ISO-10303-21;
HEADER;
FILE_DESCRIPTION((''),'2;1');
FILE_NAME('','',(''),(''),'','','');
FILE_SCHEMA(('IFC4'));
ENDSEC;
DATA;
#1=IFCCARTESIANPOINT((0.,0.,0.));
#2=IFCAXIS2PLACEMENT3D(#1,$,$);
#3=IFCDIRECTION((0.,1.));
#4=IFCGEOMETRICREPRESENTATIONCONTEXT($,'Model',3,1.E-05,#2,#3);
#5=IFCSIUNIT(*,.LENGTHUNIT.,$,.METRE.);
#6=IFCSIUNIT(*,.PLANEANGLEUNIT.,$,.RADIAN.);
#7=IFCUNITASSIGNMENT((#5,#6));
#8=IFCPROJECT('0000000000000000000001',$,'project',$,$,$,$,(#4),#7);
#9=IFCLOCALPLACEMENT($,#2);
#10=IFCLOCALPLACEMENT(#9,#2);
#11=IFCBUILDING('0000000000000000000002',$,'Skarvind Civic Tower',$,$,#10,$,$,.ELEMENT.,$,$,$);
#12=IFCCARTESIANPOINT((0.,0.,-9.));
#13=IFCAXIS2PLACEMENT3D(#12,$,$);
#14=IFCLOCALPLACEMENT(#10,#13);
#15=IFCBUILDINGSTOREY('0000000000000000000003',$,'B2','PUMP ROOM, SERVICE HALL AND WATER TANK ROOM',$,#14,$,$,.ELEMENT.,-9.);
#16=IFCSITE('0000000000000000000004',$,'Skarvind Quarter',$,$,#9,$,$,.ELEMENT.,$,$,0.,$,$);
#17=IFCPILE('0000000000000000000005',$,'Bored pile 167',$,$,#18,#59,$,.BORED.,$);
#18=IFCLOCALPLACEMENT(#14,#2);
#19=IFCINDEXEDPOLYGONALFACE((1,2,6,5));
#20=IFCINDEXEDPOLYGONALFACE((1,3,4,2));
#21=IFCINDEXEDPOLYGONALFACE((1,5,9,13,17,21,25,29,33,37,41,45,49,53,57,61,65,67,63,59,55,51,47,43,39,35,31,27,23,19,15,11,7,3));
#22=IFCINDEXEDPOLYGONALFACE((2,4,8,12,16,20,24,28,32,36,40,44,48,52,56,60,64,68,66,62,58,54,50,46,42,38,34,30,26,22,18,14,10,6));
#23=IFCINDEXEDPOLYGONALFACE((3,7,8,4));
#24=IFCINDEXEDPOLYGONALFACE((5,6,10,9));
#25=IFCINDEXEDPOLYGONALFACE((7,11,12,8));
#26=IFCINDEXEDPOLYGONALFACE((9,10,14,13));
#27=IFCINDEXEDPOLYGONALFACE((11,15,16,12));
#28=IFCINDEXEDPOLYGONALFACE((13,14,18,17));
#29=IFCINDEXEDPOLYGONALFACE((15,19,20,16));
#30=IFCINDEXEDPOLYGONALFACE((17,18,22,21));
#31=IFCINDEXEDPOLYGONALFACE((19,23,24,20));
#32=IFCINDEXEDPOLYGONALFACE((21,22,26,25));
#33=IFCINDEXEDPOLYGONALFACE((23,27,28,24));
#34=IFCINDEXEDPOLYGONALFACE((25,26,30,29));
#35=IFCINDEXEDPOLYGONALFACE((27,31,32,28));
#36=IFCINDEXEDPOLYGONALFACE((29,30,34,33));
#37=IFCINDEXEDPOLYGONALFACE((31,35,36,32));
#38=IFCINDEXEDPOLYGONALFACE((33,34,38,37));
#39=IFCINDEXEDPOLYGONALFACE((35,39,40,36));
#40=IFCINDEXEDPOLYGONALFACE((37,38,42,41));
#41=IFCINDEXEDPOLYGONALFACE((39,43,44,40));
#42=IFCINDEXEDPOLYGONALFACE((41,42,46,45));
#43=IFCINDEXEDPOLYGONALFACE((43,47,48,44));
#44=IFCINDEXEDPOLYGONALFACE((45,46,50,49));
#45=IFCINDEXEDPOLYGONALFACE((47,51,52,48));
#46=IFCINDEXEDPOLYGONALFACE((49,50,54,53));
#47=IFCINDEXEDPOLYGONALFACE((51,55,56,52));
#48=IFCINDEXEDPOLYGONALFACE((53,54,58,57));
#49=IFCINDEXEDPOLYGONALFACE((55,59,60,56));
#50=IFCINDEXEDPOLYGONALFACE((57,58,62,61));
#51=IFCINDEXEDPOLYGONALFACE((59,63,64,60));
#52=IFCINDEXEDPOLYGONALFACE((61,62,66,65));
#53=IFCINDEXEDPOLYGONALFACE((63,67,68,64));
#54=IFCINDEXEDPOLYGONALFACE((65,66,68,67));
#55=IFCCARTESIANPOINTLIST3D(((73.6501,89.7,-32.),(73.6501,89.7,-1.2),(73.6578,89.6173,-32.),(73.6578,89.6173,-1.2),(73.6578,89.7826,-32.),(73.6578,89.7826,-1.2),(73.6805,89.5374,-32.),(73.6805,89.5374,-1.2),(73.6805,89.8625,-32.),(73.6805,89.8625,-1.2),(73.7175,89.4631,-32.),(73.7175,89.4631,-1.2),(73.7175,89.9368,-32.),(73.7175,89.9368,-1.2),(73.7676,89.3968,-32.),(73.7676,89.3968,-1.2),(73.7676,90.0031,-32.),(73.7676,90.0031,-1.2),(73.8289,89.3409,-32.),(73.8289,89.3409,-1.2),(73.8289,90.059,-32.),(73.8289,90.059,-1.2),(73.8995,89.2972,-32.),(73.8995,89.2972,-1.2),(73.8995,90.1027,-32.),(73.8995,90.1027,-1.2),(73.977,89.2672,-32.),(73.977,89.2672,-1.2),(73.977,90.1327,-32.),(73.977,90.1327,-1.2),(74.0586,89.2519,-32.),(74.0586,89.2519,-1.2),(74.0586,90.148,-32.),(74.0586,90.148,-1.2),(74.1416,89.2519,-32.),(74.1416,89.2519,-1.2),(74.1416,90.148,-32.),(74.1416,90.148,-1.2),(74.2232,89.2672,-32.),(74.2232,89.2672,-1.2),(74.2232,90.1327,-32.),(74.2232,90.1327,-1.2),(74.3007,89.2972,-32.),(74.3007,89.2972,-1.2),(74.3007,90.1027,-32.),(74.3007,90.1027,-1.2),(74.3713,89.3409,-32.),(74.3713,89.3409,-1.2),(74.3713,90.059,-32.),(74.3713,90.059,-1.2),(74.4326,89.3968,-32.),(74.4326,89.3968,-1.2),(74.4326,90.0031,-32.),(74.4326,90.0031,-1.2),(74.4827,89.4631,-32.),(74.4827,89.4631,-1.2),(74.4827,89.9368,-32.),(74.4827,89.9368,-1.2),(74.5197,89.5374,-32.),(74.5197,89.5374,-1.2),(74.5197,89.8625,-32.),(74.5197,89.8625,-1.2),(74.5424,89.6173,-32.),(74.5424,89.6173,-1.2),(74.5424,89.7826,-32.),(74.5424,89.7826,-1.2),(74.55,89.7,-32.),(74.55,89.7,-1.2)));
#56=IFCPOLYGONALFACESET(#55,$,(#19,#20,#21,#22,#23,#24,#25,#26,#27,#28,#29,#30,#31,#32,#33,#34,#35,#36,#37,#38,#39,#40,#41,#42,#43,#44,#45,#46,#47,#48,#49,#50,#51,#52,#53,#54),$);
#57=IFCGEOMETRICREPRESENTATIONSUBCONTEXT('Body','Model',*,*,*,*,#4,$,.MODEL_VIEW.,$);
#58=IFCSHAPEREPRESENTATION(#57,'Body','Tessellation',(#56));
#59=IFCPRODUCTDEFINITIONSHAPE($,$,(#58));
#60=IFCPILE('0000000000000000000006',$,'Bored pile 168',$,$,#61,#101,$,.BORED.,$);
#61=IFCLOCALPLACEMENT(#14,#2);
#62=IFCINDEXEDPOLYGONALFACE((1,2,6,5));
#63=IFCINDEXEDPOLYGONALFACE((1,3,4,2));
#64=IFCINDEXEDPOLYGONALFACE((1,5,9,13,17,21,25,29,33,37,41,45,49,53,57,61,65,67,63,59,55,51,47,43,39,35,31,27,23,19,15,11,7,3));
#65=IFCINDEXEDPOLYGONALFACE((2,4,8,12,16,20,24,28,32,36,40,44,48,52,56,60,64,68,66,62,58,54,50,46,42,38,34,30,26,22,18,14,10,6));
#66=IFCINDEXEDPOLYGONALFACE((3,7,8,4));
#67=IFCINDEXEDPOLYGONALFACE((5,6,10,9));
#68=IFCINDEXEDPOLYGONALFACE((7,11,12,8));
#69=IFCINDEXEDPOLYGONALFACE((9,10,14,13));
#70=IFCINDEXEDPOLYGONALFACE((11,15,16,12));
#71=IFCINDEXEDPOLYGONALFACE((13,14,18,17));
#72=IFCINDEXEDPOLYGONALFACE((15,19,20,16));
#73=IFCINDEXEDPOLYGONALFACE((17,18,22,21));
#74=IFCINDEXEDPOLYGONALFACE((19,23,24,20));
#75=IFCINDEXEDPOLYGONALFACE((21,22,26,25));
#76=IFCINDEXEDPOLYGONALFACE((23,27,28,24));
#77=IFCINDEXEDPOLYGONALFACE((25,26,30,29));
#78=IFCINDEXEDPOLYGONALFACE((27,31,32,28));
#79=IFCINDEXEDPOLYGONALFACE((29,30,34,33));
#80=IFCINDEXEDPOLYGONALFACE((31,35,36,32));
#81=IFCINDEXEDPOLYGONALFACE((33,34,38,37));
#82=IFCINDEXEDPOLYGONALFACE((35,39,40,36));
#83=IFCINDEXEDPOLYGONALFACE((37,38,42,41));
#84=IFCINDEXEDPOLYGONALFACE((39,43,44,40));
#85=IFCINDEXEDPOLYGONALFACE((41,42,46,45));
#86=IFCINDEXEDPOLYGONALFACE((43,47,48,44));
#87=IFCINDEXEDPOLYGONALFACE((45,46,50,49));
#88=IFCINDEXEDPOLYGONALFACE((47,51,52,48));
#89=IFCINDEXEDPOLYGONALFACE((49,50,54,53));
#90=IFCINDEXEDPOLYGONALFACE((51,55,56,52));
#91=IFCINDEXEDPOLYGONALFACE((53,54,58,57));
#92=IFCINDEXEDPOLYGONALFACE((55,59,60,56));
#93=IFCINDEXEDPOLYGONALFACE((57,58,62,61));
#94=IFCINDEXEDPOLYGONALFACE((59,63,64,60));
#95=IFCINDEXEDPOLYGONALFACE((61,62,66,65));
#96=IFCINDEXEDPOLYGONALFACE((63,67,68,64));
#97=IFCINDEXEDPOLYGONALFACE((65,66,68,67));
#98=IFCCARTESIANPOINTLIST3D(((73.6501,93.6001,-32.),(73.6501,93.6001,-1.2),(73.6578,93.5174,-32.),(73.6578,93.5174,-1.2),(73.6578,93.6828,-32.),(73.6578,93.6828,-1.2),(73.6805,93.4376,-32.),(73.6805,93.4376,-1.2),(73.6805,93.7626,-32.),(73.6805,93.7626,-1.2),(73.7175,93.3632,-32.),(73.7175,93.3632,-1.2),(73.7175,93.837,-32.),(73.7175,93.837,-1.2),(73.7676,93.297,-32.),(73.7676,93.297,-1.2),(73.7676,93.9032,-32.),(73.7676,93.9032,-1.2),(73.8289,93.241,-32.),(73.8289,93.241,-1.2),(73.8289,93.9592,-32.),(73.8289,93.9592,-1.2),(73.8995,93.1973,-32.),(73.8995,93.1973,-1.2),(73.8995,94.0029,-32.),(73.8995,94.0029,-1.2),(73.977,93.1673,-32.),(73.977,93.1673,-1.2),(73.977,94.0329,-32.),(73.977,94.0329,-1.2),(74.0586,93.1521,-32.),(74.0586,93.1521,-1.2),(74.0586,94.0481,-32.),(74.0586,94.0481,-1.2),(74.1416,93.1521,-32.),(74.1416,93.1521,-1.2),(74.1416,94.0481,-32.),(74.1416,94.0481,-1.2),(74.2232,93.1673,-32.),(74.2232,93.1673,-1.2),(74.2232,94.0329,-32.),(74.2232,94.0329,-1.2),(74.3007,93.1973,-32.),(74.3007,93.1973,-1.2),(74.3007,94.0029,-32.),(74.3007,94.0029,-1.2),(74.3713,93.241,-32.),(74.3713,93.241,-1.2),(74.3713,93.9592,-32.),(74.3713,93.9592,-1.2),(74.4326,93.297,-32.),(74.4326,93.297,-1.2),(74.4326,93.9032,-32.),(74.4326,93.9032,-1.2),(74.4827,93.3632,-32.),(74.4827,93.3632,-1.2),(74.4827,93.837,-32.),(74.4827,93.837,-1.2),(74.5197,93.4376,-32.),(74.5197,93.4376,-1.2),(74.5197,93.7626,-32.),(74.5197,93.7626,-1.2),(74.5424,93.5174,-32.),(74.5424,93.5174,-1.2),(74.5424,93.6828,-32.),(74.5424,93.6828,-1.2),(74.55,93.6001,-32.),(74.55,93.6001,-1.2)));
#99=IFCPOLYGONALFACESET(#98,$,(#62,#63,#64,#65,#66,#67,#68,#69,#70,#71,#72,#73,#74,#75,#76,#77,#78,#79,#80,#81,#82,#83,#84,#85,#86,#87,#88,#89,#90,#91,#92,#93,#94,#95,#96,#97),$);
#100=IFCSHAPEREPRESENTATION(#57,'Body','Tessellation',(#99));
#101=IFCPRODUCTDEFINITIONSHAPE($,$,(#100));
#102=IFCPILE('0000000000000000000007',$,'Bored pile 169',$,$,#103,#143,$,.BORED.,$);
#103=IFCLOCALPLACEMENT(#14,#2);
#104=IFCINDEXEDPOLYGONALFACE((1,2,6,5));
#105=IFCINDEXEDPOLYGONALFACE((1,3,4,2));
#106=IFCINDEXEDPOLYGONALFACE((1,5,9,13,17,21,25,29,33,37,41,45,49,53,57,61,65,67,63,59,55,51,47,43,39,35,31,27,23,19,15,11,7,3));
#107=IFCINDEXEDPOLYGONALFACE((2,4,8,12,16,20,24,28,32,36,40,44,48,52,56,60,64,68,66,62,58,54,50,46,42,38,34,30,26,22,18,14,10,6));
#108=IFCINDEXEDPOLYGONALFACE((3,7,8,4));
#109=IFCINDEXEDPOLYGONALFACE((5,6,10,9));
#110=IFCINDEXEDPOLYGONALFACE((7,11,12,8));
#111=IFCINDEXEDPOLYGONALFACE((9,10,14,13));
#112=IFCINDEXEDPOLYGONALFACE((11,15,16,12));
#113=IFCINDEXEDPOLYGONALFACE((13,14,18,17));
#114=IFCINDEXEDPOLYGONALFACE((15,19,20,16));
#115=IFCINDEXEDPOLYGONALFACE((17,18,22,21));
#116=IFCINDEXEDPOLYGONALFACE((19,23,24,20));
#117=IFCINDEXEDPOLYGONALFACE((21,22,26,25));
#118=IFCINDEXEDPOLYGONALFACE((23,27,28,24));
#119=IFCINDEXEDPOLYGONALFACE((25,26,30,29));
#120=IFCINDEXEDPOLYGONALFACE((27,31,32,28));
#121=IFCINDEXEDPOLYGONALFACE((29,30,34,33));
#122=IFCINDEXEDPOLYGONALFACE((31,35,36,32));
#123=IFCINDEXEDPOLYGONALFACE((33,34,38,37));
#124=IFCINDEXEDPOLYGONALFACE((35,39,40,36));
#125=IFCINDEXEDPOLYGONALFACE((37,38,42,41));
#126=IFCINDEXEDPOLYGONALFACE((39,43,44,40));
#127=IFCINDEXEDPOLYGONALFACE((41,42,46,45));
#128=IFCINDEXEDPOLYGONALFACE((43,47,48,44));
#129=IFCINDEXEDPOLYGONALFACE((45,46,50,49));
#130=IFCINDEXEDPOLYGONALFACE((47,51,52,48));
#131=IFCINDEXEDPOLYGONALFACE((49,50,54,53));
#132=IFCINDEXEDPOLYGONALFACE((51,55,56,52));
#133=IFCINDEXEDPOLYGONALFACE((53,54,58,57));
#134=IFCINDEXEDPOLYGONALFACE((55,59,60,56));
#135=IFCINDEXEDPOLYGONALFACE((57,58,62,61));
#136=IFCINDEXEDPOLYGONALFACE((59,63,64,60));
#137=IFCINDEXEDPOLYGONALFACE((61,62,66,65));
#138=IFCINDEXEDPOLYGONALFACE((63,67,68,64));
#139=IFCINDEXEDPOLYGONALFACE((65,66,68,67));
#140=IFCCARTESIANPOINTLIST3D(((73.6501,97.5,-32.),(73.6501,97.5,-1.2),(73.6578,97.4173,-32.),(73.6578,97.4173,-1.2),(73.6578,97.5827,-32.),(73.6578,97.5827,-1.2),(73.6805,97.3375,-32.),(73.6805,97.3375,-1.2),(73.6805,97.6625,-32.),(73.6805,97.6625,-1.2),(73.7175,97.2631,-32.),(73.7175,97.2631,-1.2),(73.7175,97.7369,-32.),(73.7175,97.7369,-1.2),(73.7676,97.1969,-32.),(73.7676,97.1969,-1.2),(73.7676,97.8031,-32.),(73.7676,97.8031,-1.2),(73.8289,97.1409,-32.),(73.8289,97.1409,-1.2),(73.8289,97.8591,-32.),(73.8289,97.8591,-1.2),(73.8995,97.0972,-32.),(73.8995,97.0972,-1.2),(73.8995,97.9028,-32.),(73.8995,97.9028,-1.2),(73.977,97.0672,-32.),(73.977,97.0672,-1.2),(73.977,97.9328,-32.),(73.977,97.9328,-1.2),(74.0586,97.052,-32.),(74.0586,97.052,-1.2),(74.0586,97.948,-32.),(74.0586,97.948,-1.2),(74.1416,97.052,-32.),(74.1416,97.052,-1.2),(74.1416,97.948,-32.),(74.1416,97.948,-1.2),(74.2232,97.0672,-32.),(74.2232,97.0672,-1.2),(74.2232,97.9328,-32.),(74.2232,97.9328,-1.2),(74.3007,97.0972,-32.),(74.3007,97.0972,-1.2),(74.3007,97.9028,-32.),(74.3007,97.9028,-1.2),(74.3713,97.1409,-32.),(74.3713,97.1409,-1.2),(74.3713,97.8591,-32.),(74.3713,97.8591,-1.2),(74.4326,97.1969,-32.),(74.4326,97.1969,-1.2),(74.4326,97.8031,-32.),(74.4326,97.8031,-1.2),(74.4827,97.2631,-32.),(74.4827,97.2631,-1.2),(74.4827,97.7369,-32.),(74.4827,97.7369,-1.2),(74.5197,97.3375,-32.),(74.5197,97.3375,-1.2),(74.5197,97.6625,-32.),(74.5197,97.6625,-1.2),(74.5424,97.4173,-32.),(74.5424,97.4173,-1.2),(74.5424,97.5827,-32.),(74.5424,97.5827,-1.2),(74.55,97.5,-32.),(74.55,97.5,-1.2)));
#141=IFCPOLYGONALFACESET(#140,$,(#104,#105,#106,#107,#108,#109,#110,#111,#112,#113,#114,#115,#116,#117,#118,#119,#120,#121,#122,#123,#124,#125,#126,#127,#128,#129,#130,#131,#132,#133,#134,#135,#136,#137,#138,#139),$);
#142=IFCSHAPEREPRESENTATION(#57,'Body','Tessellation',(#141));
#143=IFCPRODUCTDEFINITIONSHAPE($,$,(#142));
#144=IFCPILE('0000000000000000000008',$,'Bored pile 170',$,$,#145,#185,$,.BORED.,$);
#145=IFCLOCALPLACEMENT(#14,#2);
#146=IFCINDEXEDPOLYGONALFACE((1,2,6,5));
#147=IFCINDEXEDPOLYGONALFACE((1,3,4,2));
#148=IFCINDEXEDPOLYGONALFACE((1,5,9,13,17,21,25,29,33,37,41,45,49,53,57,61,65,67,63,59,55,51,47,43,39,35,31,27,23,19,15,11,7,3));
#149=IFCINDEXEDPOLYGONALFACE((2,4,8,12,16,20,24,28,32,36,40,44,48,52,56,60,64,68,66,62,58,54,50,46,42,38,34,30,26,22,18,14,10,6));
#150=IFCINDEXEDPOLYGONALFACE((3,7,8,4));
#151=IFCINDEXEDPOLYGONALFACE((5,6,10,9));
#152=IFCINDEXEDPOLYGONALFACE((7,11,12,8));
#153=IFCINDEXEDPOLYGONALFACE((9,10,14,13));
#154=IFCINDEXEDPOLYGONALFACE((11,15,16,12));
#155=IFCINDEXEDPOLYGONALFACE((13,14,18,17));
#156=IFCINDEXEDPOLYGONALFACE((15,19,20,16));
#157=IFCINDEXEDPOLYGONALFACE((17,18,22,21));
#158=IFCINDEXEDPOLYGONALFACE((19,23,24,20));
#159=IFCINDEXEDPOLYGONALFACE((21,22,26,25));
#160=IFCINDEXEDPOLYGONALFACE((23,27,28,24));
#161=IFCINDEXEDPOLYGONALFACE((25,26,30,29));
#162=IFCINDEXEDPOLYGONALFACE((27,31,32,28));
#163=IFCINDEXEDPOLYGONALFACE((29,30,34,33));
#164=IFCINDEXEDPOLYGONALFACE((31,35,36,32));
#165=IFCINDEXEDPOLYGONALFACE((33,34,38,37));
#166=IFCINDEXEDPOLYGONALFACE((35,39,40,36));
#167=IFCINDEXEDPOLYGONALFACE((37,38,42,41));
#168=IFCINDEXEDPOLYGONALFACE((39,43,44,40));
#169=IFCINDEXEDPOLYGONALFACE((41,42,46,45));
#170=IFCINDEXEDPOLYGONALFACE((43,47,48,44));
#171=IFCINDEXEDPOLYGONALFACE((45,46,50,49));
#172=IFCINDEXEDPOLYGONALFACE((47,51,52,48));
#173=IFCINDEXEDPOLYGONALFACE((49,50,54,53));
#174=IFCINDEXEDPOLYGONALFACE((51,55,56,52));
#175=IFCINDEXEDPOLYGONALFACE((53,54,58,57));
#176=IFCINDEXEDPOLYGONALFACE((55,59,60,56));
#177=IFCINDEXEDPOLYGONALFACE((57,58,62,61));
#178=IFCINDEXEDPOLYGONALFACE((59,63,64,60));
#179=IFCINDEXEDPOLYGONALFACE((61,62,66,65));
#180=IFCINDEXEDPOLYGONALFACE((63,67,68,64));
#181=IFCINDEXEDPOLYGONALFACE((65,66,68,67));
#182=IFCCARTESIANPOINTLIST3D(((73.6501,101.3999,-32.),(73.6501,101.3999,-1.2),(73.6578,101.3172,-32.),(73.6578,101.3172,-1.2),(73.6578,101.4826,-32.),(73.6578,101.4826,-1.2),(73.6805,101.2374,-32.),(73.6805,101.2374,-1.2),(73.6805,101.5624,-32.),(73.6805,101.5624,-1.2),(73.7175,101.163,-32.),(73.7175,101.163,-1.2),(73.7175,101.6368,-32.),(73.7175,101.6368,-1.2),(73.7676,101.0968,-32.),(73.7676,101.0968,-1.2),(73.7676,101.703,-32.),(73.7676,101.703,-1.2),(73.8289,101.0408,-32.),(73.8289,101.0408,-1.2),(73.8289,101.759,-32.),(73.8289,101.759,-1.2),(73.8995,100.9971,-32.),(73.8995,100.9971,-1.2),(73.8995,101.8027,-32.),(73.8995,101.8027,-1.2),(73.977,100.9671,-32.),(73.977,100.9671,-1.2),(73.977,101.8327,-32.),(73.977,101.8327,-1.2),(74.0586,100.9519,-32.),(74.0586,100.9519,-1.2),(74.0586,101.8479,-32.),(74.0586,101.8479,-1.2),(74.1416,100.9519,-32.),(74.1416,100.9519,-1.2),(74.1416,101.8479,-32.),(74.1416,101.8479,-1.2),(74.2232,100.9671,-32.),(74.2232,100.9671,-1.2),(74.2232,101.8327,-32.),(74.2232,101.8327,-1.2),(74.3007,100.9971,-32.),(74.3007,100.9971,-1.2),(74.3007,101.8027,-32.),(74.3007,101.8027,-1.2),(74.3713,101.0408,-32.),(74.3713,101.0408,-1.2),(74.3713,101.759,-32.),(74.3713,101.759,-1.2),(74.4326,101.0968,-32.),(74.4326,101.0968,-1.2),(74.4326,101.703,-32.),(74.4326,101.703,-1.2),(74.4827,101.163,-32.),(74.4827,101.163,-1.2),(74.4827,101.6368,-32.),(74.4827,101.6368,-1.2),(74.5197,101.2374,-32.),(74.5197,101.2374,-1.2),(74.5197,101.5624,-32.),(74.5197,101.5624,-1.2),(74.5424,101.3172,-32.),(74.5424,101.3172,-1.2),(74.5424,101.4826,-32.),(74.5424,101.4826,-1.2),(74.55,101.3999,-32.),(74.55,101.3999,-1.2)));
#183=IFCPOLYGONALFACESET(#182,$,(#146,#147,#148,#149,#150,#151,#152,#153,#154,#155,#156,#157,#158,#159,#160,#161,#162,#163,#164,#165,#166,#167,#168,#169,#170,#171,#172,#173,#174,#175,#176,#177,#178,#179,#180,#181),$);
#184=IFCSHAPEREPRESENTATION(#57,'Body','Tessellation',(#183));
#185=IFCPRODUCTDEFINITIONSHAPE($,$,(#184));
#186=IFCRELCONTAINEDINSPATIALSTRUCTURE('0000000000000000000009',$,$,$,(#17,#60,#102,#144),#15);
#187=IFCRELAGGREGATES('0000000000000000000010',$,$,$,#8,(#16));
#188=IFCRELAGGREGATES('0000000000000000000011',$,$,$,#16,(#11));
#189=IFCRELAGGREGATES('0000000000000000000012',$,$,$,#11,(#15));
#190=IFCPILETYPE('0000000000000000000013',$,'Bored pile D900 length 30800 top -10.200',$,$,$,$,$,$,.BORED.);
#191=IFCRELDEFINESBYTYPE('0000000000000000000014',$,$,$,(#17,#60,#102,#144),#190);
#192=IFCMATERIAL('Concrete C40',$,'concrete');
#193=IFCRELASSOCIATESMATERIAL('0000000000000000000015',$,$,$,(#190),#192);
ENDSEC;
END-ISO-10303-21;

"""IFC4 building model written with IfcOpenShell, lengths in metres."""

from ifc_helpers import new_model, si_unit, direction, frame, origin, origin_2d, place, context, subcontext, project, spatial, circle, extrude, material, type_object, element, save


model = new_model("IFC4")

# Units and contexts
model_context = context("Model", 3, precision=1e-05, world=origin(), true_north=direction((0.0, 1.0)))
body_context = subcontext(model_context, "Body", "Model", "MODEL_VIEW")
ifc_project = project(units=[si_unit("LENGTHUNIT", "METRE"), si_unit("PLANEANGLEUNIT", "RADIAN")], contexts=[model_context])

# Site, building, storey
site_placement = place(None, origin())
site = spatial("IfcSite", under=ifc_project, at=site_placement, Name="Skarvind Quarter", CompositionType="ELEMENT", RefElevation=0.0)
building_placement = place(site_placement, origin())
building = spatial("IfcBuilding", under=site, at=building_placement, Name="Skarvind Civic Tower", CompositionType="ELEMENT")
storey_placement = place(building_placement, frame((0.0, 0.0, -9.0)))
storey = spatial("IfcBuildingStorey", under=building, at=storey_placement, Name="B2", Description="PUMP ROOM, SERVICE HALL AND WATER TANK ROOM", CompositionType="ELEMENT", Elevation=-9.0)

# Piles
ifc_material_1 = material(Name="Concrete C40", Category="concrete")
pile_type = type_object("IfcPileType", Name="Bored pile D900 length 30800 top -10.200", PredefinedType="BORED", material=ifc_material_1)
for number, where, z_axis, x_axis, name in (
    (1, (74.1001, 89.7, -1.2), (0.0, 0.0, -1.0), (1.0, 0.0, 0.0), "Bored pile 167"),
    (2, (74.1001, 93.6001, -1.2), (0.0, 0.0, -1.0), (1.0, 0.0, 0.0), "Bored pile 168"),
    (3, (74.1001, 97.5, -1.2), (0.0, 0.0, -1.0), (1.0, 0.0, 0.0), "Bored pile 169"),
    (4, (74.1001, 101.3999, -1.2), (0.0, 0.0, -1.0), (1.0, 0.0, 0.0), "Bored pile 170"),
):
    element("IfcPile", number, at=place(storey_placement, frame(where, z_axis=z_axis, x_axis=x_axis)), inside=storey, type_object=pile_type, Name=name, PredefinedType="BORED", context=body_context, shape_type="SweptSolid", body=[
        extrude(circle(Radius=0.45, at=origin_2d()), origin(), (0.0, 0.0, 1.0), 30.8),
    ])

save(model, "model.ifc")
